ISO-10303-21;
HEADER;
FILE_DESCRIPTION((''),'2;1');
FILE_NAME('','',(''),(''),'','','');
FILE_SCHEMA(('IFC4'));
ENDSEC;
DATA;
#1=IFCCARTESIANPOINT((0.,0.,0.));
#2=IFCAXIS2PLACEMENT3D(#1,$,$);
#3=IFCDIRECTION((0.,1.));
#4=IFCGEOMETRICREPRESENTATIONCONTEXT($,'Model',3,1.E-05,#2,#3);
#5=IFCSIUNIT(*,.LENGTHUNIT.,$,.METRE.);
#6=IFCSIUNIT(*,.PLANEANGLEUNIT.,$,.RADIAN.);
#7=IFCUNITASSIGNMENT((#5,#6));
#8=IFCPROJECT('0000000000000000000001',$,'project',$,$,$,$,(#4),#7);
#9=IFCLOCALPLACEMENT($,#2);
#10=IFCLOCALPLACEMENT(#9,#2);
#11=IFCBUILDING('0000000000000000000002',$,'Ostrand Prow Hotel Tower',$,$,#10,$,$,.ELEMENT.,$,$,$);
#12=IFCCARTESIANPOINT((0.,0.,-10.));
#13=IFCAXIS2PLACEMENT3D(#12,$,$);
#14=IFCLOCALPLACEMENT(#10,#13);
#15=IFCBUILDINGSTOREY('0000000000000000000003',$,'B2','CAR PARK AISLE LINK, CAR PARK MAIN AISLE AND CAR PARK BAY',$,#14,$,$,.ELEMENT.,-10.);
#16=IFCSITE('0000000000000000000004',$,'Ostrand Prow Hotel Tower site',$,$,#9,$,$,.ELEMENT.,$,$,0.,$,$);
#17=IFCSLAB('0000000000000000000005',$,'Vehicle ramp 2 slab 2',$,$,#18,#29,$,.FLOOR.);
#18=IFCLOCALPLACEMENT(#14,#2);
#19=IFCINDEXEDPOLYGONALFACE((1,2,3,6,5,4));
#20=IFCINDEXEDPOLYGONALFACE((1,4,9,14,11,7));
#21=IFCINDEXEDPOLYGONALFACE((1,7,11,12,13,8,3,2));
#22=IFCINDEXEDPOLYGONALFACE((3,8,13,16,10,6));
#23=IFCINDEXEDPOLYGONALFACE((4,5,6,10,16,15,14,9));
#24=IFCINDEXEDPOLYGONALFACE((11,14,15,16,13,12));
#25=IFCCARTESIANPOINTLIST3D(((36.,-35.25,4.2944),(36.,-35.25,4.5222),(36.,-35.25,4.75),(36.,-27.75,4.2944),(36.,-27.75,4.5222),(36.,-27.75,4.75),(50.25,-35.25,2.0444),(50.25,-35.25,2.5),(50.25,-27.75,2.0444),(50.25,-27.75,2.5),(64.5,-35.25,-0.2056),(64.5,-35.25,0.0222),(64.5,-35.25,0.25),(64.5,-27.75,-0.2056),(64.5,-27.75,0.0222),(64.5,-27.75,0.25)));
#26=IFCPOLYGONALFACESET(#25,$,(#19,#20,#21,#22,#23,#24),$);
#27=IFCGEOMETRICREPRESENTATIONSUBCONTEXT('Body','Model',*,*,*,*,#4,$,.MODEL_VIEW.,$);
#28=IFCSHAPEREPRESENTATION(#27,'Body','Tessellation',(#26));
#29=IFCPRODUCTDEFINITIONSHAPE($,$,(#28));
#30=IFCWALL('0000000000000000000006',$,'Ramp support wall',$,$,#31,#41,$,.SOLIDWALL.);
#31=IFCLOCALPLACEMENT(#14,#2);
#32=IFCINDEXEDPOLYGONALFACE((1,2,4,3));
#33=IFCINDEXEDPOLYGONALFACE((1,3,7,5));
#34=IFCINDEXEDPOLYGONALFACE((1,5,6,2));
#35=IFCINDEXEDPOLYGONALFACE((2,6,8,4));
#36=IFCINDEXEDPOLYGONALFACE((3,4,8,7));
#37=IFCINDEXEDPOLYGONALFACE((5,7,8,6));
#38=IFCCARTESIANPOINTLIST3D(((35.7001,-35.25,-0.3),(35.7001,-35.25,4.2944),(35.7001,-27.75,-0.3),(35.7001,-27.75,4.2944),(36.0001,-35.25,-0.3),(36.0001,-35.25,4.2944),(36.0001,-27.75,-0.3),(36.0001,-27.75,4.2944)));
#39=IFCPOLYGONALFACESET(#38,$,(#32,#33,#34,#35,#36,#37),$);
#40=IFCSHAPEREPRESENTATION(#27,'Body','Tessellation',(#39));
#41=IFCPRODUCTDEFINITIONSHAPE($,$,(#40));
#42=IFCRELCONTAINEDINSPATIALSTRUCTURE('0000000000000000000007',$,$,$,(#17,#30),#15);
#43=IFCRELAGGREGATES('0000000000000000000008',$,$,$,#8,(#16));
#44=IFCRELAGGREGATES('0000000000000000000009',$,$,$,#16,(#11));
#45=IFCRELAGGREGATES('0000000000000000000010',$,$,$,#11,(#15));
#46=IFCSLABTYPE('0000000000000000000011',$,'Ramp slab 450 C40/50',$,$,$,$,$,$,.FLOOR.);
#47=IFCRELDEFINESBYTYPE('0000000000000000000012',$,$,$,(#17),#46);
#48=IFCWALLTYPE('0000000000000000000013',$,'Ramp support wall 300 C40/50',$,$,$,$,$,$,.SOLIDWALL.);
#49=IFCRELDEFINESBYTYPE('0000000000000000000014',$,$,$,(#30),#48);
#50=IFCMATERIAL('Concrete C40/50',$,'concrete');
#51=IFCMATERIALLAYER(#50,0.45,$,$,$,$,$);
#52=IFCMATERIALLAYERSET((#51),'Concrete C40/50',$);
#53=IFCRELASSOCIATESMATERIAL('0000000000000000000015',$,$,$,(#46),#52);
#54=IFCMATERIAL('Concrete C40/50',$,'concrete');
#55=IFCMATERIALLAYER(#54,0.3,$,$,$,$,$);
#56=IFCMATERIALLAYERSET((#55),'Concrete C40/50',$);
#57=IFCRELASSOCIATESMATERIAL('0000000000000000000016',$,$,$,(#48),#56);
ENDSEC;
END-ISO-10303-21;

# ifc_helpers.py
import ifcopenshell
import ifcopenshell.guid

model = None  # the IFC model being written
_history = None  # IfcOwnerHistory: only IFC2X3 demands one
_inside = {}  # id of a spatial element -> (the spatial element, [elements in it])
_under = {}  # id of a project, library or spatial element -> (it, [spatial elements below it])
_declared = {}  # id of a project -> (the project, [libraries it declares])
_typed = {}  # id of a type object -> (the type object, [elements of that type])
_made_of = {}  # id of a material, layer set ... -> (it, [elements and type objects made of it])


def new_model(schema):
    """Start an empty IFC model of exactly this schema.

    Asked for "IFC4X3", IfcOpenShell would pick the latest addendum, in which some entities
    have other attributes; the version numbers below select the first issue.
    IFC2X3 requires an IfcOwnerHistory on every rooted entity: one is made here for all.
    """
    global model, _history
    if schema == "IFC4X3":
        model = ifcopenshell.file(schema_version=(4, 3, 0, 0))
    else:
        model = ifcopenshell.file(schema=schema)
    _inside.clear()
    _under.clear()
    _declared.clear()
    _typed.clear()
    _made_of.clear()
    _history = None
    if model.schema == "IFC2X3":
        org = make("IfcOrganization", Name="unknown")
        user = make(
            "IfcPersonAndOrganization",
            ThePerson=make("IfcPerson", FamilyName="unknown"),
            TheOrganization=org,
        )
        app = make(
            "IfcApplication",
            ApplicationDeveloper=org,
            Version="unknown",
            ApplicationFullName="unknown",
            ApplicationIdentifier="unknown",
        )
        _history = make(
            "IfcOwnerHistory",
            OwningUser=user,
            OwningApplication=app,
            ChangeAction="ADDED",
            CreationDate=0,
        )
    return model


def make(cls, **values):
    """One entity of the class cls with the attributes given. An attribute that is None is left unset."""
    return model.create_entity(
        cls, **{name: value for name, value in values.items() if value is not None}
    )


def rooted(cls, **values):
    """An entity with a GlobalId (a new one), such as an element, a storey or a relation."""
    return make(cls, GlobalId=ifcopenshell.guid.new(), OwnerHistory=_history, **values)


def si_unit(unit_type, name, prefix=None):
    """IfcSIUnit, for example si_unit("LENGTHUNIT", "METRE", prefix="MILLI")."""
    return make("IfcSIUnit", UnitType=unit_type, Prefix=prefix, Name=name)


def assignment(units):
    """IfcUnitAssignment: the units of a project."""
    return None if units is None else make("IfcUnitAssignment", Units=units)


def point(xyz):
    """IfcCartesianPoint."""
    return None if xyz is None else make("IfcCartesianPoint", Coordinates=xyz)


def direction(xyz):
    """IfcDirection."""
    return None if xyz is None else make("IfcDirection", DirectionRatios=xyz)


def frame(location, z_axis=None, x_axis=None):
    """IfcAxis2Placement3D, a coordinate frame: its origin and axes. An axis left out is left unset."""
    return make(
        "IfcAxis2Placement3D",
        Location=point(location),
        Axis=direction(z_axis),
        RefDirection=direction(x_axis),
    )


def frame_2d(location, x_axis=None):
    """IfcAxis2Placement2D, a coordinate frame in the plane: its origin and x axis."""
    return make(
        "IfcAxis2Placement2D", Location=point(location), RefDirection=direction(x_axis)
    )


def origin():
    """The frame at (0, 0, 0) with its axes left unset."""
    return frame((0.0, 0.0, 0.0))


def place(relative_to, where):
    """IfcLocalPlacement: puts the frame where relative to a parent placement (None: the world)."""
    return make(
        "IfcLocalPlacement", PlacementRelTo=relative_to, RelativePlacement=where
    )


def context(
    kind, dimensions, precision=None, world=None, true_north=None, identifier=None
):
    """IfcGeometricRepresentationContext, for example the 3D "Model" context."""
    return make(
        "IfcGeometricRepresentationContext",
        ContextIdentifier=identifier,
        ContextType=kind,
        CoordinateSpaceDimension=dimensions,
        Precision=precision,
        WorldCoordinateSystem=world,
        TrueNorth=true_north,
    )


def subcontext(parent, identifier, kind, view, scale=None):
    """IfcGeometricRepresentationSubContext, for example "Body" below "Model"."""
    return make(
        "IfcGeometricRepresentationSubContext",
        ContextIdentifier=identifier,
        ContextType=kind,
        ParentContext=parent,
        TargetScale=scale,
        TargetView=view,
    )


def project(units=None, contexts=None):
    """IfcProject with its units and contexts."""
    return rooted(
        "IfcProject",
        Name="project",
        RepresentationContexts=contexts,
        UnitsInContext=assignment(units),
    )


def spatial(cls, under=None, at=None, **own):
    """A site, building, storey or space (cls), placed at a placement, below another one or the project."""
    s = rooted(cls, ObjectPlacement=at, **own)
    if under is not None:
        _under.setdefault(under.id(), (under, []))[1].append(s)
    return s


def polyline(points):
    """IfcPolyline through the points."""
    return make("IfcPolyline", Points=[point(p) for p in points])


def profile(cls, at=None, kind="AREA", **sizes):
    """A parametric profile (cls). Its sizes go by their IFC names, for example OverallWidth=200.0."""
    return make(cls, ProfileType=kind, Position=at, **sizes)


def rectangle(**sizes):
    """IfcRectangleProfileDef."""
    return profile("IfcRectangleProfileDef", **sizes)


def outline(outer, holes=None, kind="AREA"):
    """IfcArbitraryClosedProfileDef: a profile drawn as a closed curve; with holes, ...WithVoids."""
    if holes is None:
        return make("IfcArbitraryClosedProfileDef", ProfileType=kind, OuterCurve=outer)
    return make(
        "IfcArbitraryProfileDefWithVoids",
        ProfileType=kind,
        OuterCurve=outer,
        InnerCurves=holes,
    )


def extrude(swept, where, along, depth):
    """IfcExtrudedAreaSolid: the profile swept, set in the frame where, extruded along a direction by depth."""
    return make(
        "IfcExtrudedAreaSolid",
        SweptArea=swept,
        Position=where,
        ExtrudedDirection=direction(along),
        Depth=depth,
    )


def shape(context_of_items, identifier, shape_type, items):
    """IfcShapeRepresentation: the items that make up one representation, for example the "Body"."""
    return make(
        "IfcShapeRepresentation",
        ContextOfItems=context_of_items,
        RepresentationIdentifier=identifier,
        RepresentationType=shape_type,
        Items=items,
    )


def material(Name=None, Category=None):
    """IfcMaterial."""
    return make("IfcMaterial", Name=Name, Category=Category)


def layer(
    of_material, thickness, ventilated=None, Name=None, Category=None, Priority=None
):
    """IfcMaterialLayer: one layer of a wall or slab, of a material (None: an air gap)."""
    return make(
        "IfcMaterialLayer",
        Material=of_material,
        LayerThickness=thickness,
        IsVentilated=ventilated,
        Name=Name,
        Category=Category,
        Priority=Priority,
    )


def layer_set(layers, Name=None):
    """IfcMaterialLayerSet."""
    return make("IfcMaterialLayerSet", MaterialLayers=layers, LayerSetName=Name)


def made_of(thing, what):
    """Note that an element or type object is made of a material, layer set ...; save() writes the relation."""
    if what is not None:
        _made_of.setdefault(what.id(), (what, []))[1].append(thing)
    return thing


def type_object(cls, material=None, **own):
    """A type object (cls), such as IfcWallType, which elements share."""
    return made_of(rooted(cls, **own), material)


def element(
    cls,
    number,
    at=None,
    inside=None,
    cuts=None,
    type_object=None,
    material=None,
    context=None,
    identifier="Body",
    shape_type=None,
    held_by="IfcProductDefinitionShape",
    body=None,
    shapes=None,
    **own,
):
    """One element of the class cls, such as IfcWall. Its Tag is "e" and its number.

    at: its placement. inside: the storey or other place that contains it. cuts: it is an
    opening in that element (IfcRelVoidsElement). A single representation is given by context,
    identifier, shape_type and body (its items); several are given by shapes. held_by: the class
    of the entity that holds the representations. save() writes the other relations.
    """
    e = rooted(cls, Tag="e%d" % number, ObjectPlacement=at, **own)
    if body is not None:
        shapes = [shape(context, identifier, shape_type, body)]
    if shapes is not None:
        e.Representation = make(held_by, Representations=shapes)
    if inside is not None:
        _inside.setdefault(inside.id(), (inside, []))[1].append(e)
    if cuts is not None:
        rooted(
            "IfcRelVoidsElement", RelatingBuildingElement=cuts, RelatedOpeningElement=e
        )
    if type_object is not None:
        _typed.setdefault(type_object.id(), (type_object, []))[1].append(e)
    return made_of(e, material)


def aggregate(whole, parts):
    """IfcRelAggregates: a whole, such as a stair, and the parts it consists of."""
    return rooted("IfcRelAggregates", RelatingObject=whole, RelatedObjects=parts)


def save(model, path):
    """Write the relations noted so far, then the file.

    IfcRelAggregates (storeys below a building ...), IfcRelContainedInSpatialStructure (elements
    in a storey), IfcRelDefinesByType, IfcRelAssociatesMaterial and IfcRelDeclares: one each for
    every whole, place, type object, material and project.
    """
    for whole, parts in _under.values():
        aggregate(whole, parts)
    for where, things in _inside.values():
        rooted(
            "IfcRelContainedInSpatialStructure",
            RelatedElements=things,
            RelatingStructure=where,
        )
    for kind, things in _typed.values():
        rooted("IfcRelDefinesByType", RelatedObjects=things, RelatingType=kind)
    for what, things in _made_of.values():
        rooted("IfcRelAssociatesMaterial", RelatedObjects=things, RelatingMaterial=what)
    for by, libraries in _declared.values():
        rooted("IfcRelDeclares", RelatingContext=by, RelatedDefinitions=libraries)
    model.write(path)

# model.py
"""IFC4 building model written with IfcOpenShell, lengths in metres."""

from ifc_helpers import new_model, si_unit, direction, frame, frame_2d, origin, place, context, subcontext, project, spatial, polyline, rectangle, outline, extrude, material, layer, layer_set, type_object, element, save


model = new_model("IFC4")

# Units and contexts
model_context = context("Model", 3, precision=1e-05, world=origin(), true_north=direction((0.0, 1.0)))
body_context = subcontext(model_context, "Body", "Model", "MODEL_VIEW")
ifc_project = project(units=[si_unit("LENGTHUNIT", "METRE"), si_unit("PLANEANGLEUNIT", "RADIAN")], contexts=[model_context])

# Site, building, storey
site_placement = place(None, origin())
site = spatial("IfcSite", under=ifc_project, at=site_placement, Name="Ostrand Prow Hotel Tower site", CompositionType="ELEMENT", RefElevation=0.0)
building_placement = place(site_placement, origin())
building = spatial("IfcBuilding", under=site, at=building_placement, Name="Ostrand Prow Hotel Tower", CompositionType="ELEMENT")
storey_placement = place(building_placement, frame((0.0, 0.0, -10.0)))
storey = spatial("IfcBuildingStorey", under=building, at=storey_placement, Name="B2", Description="CAR PARK AISLE LINK, CAR PARK MAIN AISLE AND CAR PARK BAY", CompositionType="ELEMENT", Elevation=-10.0)

# Slab
ifc_material_1 = material(Name="Concrete C40/50", Category="concrete")
ifc_layer_1 = layer(ifc_material_1, 0.45)
ifc_layer_set_1 = layer_set([ifc_layer_1], Name="Concrete C40/50")
slab_type = type_object("IfcSlabType", Name="Ramp slab 450 C40/50", PredefinedType="FLOOR", material=ifc_layer_set_1)
slab_1_placement = place(storey_placement, frame((36.0, -31.5, 4.75), z_axis=(0.0, 0.0, 1.0), x_axis=(1.0, 0.0, 0.0)))
element("IfcSlab", 1, at=slab_1_placement, inside=storey, type_object=slab_type, Name="Vehicle ramp 2 slab 2", PredefinedType="FLOOR", context=body_context, shape_type="SweptSolid", body=[
    extrude(outline(polyline([(0.0, 0.0), (14.25, -2.25), (28.5, -4.5), (28.5, -4.7278), (28.5, -4.9556), (14.25, -2.7056), (0.0, -0.4556), (0.0, -0.2278), (0.0, 0.0)])), frame((0.0, 3.75, 0.0), z_axis=(0.0, -1.0, 0.0), x_axis=(1.0, 0.0, 0.0)), (0.0, 0.0, 1.0), 7.5),
])

# Wall
ifc_material_2 = material(Name="Concrete C40/50", Category="concrete")
ifc_layer_2 = layer(ifc_material_2, 0.3)
ifc_layer_set_2 = layer_set([ifc_layer_2], Name="Concrete C40/50")
wall_type = type_object("IfcWallType", Name="Ramp support wall 300 C40/50", PredefinedType="SOLIDWALL", material=ifc_layer_set_2)
wall_placement = place(storey_placement, frame((35.8501, -35.25, -0.3), z_axis=(0.0, 0.0, 1.0), x_axis=(0.0, 1.0, 0.0)))
element("IfcWall", 2, at=wall_placement, inside=storey, type_object=wall_type, Name="Ramp support wall", PredefinedType="SOLIDWALL", context=body_context, shape_type="SweptSolid", body=[
    extrude(rectangle(XDim=7.5, YDim=0.3, at=frame_2d((3.75, 0.0))), origin(), (0.0, 0.0, 1.0), 4.5945),
])

save(model, "model.ifc")
